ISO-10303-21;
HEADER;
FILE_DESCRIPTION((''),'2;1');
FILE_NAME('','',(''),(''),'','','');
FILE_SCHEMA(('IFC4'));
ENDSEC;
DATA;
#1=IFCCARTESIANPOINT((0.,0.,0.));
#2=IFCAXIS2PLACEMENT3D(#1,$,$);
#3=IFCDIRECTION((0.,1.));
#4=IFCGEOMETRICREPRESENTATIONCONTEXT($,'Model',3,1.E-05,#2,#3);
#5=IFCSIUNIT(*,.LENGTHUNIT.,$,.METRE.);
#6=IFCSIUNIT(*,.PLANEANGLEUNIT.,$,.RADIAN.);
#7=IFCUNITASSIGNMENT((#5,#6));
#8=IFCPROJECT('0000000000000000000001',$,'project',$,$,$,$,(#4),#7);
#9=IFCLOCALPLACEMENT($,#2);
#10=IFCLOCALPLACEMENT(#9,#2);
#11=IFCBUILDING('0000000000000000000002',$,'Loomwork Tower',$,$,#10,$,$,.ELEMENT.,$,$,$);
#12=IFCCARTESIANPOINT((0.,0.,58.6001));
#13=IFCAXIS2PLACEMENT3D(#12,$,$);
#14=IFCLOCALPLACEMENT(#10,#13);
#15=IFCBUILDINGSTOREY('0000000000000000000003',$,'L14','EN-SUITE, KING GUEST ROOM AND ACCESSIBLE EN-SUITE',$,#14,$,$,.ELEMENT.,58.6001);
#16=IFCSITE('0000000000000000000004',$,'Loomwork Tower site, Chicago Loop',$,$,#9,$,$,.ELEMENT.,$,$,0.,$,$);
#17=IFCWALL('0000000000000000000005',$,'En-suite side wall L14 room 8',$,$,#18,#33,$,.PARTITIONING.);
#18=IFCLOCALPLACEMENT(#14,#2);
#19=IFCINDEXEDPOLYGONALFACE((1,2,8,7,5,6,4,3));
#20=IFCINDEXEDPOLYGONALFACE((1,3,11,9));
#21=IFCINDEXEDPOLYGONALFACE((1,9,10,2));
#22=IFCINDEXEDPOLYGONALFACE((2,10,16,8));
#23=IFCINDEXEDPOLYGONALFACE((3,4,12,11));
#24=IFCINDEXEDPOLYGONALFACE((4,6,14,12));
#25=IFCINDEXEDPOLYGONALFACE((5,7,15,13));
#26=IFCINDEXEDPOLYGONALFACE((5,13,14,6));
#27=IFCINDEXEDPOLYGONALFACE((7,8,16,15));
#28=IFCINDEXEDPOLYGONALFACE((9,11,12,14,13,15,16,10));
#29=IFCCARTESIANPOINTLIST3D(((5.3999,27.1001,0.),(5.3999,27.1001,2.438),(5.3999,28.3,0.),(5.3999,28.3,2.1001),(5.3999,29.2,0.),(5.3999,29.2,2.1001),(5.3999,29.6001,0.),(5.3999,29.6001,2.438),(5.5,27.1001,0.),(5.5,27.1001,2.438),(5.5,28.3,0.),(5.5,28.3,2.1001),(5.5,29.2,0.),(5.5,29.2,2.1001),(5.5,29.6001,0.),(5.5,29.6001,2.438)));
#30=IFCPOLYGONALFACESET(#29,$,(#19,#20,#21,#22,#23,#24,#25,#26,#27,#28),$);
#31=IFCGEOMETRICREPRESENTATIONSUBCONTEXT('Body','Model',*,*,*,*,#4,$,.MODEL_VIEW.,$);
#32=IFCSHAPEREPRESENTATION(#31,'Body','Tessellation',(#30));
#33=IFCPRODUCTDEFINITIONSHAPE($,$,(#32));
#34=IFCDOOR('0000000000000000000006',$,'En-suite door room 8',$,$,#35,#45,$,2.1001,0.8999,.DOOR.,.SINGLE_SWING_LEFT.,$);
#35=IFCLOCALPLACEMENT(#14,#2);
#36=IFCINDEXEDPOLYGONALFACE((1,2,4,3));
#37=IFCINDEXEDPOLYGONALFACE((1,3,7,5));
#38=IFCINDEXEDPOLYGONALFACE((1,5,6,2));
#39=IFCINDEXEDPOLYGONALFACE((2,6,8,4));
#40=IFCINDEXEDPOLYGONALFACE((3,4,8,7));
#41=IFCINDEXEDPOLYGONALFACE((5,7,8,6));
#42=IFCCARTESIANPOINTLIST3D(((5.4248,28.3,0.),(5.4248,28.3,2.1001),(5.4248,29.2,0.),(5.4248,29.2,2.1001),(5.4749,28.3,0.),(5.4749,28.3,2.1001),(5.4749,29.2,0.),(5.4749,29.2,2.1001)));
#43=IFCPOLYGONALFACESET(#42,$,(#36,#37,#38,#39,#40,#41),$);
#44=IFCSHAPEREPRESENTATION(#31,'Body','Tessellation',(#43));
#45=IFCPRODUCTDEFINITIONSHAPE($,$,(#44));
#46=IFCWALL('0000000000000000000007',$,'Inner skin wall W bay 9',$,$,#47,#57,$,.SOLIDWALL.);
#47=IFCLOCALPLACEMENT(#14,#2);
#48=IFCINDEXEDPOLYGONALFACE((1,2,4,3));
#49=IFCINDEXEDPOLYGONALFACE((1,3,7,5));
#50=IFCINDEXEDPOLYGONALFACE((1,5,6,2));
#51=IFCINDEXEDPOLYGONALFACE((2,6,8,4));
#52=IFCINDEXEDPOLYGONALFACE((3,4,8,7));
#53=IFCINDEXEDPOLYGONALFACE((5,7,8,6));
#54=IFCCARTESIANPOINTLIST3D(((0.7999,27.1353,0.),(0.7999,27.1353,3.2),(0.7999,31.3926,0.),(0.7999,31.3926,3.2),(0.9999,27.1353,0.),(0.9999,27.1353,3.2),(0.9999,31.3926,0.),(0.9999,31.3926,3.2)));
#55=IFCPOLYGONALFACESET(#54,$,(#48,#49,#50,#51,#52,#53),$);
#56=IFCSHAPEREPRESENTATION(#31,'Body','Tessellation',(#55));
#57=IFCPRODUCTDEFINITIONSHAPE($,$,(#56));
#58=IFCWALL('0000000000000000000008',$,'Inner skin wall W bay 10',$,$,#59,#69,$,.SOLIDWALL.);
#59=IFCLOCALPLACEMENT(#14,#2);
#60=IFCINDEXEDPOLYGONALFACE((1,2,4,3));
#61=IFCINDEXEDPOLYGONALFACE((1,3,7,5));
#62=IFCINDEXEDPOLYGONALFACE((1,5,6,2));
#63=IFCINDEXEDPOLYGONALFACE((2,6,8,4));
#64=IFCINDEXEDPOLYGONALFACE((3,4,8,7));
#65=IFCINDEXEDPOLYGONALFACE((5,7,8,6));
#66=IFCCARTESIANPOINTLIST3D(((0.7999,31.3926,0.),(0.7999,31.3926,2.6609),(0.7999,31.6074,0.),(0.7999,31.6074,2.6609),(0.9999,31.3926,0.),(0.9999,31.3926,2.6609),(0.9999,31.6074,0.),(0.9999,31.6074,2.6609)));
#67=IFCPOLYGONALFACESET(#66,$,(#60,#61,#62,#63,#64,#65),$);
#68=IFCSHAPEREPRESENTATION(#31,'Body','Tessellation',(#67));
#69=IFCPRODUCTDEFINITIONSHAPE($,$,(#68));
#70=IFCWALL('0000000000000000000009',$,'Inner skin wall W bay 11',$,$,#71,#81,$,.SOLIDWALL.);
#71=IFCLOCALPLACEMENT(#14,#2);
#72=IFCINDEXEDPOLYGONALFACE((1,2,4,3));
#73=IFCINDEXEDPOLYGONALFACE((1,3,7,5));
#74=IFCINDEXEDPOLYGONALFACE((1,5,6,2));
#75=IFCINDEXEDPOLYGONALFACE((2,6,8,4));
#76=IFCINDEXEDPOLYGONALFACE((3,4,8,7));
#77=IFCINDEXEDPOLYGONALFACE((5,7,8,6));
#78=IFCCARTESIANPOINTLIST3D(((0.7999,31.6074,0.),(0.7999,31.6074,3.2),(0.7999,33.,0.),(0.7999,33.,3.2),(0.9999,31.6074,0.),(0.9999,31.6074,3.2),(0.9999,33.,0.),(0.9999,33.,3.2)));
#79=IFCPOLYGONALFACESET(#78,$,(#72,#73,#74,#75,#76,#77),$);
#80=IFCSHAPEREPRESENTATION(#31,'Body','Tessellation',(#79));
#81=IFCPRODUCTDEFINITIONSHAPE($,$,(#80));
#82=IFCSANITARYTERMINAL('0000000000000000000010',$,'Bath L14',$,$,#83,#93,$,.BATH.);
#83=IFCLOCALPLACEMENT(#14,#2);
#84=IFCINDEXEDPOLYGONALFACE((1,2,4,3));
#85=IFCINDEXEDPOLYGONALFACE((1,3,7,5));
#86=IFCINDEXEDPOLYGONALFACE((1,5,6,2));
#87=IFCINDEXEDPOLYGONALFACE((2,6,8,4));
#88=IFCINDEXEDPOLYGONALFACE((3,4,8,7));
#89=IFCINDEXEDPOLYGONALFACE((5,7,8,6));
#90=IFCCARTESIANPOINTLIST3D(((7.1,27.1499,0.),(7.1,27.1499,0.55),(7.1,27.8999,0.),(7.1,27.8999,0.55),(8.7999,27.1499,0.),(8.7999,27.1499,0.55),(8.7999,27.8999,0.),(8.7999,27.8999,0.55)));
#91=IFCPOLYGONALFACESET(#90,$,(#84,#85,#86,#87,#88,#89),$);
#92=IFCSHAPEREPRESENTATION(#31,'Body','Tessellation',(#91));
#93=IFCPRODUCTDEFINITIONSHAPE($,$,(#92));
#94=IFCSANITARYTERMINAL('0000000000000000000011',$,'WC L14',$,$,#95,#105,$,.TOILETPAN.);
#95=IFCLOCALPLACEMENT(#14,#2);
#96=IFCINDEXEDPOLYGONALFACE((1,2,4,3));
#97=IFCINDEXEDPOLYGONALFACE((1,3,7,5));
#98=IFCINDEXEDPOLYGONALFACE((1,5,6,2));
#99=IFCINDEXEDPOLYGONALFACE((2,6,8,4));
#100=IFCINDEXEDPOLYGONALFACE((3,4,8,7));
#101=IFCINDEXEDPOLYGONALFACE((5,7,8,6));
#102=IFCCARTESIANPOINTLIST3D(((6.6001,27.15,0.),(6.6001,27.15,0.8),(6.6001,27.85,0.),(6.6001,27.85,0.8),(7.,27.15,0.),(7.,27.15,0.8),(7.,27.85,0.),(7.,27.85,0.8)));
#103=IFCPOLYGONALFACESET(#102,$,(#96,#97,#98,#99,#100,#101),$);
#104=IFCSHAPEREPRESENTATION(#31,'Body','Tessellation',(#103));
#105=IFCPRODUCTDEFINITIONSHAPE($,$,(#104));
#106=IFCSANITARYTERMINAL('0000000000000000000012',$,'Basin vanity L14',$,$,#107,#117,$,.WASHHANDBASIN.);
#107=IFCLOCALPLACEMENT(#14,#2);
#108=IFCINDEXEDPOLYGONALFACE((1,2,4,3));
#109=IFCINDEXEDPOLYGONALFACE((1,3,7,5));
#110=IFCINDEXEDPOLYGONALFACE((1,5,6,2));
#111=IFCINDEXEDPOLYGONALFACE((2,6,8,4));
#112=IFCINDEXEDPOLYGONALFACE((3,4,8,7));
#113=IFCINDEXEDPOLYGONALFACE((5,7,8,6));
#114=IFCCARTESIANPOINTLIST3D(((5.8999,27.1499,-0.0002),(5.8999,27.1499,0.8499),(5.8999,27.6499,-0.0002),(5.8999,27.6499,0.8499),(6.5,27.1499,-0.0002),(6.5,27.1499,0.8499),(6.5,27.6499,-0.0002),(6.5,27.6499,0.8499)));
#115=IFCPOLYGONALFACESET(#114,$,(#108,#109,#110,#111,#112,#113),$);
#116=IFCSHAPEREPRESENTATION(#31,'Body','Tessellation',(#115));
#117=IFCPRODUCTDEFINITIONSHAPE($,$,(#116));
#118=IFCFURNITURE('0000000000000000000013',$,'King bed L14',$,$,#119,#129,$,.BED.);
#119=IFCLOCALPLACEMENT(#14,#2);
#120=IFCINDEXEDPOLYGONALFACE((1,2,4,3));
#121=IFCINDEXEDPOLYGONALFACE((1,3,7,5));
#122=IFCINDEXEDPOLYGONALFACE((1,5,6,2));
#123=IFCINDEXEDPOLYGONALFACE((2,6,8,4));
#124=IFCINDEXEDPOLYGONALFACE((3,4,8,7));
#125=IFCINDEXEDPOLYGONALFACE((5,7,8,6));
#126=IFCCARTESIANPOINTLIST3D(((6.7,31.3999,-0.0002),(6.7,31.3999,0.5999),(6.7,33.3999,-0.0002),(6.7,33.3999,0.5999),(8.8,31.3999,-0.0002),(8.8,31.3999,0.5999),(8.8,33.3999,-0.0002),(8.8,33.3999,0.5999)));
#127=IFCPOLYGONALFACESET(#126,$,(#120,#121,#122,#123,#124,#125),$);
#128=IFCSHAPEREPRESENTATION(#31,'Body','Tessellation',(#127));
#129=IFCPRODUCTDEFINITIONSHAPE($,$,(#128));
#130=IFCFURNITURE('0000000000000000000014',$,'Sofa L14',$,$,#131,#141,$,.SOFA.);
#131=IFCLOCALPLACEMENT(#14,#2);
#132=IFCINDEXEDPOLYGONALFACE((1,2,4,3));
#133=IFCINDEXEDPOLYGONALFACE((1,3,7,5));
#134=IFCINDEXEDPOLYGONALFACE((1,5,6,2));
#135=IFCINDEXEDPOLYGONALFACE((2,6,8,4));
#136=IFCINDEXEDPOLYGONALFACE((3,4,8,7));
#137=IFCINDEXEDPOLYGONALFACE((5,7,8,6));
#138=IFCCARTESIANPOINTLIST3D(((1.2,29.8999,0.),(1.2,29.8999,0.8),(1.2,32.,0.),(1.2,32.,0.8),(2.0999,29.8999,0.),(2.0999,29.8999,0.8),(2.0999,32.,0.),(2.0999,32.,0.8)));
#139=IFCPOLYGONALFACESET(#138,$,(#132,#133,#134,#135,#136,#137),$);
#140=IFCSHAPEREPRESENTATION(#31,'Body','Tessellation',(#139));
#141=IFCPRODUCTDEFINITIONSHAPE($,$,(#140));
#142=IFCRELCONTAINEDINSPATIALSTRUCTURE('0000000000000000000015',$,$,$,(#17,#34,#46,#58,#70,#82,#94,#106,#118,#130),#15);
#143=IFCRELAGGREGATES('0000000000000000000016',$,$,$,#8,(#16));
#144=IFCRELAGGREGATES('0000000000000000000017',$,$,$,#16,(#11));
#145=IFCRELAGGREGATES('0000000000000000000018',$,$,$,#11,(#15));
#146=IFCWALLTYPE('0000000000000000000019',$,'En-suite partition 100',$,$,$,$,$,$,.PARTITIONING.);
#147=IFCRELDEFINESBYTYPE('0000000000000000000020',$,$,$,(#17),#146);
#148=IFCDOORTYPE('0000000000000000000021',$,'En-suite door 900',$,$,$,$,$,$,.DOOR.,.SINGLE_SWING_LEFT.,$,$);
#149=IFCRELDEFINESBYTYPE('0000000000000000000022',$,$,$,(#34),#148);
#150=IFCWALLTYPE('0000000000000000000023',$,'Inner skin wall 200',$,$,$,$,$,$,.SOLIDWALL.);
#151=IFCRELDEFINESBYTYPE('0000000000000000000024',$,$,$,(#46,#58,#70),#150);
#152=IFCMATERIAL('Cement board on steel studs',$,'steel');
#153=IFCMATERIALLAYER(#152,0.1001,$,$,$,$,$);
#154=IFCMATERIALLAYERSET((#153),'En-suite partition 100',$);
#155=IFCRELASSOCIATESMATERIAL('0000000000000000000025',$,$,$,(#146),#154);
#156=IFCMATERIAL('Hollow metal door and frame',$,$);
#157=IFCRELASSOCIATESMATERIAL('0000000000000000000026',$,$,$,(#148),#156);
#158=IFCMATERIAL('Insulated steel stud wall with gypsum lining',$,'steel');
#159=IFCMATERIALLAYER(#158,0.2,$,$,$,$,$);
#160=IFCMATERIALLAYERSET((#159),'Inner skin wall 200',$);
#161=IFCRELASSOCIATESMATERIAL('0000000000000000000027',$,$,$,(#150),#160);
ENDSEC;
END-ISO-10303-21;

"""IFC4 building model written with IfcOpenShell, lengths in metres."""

from ifc_helpers import new_model, si_unit, direction, frame, frame_2d, origin, origin_2d, place, context, subcontext, project, spatial, rectangle, extrude, material, layer, layer_set, type_object, element, fill, save


model = new_model("IFC4")

# Units and contexts
model_context = context("Model", 3, precision=1e-05, world=origin(), true_north=direction((0.0, 1.0)))
body_context = subcontext(model_context, "Body", "Model", "MODEL_VIEW")
ifc_project = project(units=[si_unit("LENGTHUNIT", "METRE"), si_unit("PLANEANGLEUNIT", "RADIAN")], contexts=[model_context])

# Site, building, storey
site_placement = place(None, origin())
site = spatial("IfcSite", under=ifc_project, at=site_placement, Name="Loomwork Tower site, Chicago Loop", CompositionType="ELEMENT", RefElevation=0.0)
building_placement = place(site_placement, origin())
building = spatial("IfcBuilding", under=site, at=building_placement, Name="Loomwork Tower", CompositionType="ELEMENT")
storey_placement = place(building_placement, frame((0.0, 0.0, 58.6001)))
storey = spatial("IfcBuildingStorey", under=building, at=storey_placement, Name="L14", Description="EN-SUITE, KING GUEST ROOM AND ACCESSIBLE EN-SUITE", CompositionType="ELEMENT", Elevation=58.6001)

# Shared definitions
ifc_material_1 = material(Name="Cement board on steel studs", Category="steel")
ifc_layer_1 = layer(ifc_material_1, 0.1001)
ifc_layer_set_1 = layer_set([ifc_layer_1], Name="En-suite partition 100")
wall_type_1 = type_object("IfcWallType", Name="En-suite partition 100", PredefinedType="PARTITIONING", material=ifc_layer_set_1)

# Wall, opening, door
wall_1_placement = place(storey_placement, frame((5.45, 27.1001, 0.0), z_axis=(0.0, 0.0, 1.0), x_axis=(0.0, 1.0, 0.0)))
wall_1 = element("IfcWall", 1, at=wall_1_placement, inside=storey, type_object=wall_type_1, Name="En-suite side wall L14 room 8", PredefinedType="PARTITIONING", context=body_context, shape_type="SweptSolid", body=[
    extrude(rectangle(XDim=2.5, YDim=0.1001, at=frame_2d((1.25, 0.0))), origin(), (0.0, 0.0, 1.0), 2.438),
])
opening_1_placement = place(wall_1_placement, frame((1.2, 0.0, 0.0)))
opening_1 = element("IfcOpeningElement", 2, at=opening_1_placement, cuts=wall_1, PredefinedType="OPENING", context=body_context, shape_type="SweptSolid", body=[
    extrude(rectangle(XDim=0.8999, YDim=2.1001, at=frame_2d((0.45, 1.05))), frame((0.0, 0.0601, 0.0), z_axis=(0.0, -1.0, 0.0), x_axis=(1.0, 0.0, 0.0)), (0.0, 0.0, 1.0), 0.1201),
])
ifc_material_2 = material(Name="Hollow metal door and frame")
door_type_1 = type_object("IfcDoorType", Name="En-suite door 900", OperationType="SINGLE_SWING_LEFT", PredefinedType="DOOR", material=ifc_material_2)
door_1_placement = place(opening_1_placement, frame((0.8999, 0.0, 0.0), z_axis=(0.0, 0.0, 1.0), x_axis=(-1.0, 0.0, 0.0)))
door_1 = element("IfcDoor", 3, at=door_1_placement, inside=storey, type_object=door_type_1, Name="En-suite door room 8", OperationType="SINGLE_SWING_LEFT", OverallHeight=2.1001, OverallWidth=0.8999, PredefinedType="DOOR", context=body_context, shape_type="SweptSolid", body=[
    extrude(rectangle(XDim=0.8999, YDim=2.1001, at=frame_2d((0.45, 1.05))), frame((0.0, 0.0249, 0.0), z_axis=(0.0, -1.0, 0.0), x_axis=(1.0, 0.0, 0.0)), (0.0, 0.0, 1.0), 0.05),
])
fill(opening_1, door_1)

# Walls
ifc_material_3 = material(Name="Insulated steel stud wall with gypsum lining", Category="steel")
ifc_layer_2 = layer(ifc_material_3, 0.2)
ifc_layer_set_2 = layer_set([ifc_layer_2], Name="Inner skin wall 200")
wall_type_2 = type_object("IfcWallType", Name="Inner skin wall 200", PredefinedType="SOLIDWALL", material=ifc_layer_set_2)
wall_2_placement = place(storey_placement, frame((0.8999, 27.1353, 0.0), z_axis=(0.0, 0.0, 1.0), x_axis=(0.0, 1.0, 0.0)))
element("IfcWall", 4, at=wall_2_placement, inside=storey, type_object=wall_type_2, Name="Inner skin wall W bay 9", PredefinedType="SOLIDWALL", context=body_context, shape_type="SweptSolid", body=[
    extrude(rectangle(XDim=4.2573, YDim=0.2, at=frame_2d((2.1287, 0.0))), origin(), (0.0, 0.0, 1.0), 3.2),
])
wall_3_placement = place(storey_placement, frame((0.8999, 31.3926, 0.0), z_axis=(0.0, 0.0, 1.0), x_axis=(0.0, 1.0, 0.0)))
element("IfcWall", 5, at=wall_3_placement, inside=storey, type_object=wall_type_2, Name="Inner skin wall W bay 10", PredefinedType="SOLIDWALL", context=body_context, shape_type="SweptSolid", body=[
    extrude(rectangle(XDim=0.2148, YDim=0.2, at=frame_2d((0.1074, 0.0))), origin(), (0.0, 0.0, 1.0), 2.6609),
])
wall_4_placement = place(storey_placement, frame((0.8999, 31.6074, 0.0), z_axis=(0.0, 0.0, 1.0), x_axis=(0.0, 1.0, 0.0)))
element("IfcWall", 6, at=wall_4_placement, inside=storey, type_object=wall_type_2, Name="Inner skin wall W bay 11", PredefinedType="SOLIDWALL", context=body_context, shape_type="SweptSolid", body=[
    extrude(rectangle(XDim=1.3926, YDim=0.2, at=frame_2d((0.6963, 0.0))), origin(), (0.0, 0.0, 1.0), 3.2),
])

# Sanitary terminals
sanitary_terminal_1_placement = place(storey_placement, frame((7.95, 27.5249, 0.0), z_axis=(0.0, 0.0, 1.0), x_axis=(1.0, 0.0, 0.0)))
element("IfcSanitaryTerminal", 7, at=sanitary_terminal_1_placement, inside=storey, Name="Bath L14", PredefinedType="BATH", context=body_context, shape_type="SweptSolid", body=[
    extrude(rectangle(XDim=1.7, YDim=0.75, at=origin_2d()), origin(), (0.0, 0.0, 1.0), 0.55),
])
sanitary_terminal_2_placement = place(storey_placement, frame((6.8, 27.5, 0.0), z_axis=(0.0, 0.0, 1.0), x_axis=(1.0, 0.0, 0.0)))
element("IfcSanitaryTerminal", 8, at=sanitary_terminal_2_placement, inside=storey, Name="WC L14", PredefinedType="TOILETPAN", context=body_context, shape_type="SweptSolid", body=[
    extrude(rectangle(XDim=0.3999, YDim=0.7, at=origin_2d()), origin(), (0.0, 0.0, 1.0), 0.8),
])
sanitary_terminal_3_placement = place(storey_placement, frame((6.2, 27.3999, -0.0002), z_axis=(0.0, 0.0, 1.0), x_axis=(1.0, 0.0, 0.0)))
element("IfcSanitaryTerminal", 9, at=sanitary_terminal_3_placement, inside=storey, Name="Basin vanity L14", PredefinedType="WASHHANDBASIN", context=body_context, shape_type="SweptSolid", body=[
    extrude(rectangle(XDim=0.6001, YDim=0.5, at=origin_2d()), origin(), (0.0, 0.0, 1.0), 0.8501),
])

# Furniture
furniture_1_placement = place(storey_placement, frame((7.75, 32.3999, -0.0002), z_axis=(0.0, 0.0, 1.0), x_axis=(1.0, 0.0, 0.0)))
element("IfcFurniture", 10, at=furniture_1_placement, inside=storey, Name="King bed L14", PredefinedType="BED", context=body_context, shape_type="SweptSolid", body=[
    extrude(rectangle(XDim=2.1001, YDim=2.0, at=origin_2d()), origin(), (0.0, 0.0, 1.0), 0.6001),
])
furniture_2_placement = place(storey_placement, frame((1.6499, 30.95, 0.0), z_axis=(0.0, 0.0, 1.0), x_axis=(1.0, 0.0, 0.0)))
element("IfcFurniture", 11, at=furniture_2_placement, inside=storey, Name="Sofa L14", PredefinedType="SOFA", context=body_context, shape_type="SweptSolid", body=[
    extrude(rectangle(XDim=0.8999, YDim=2.1001, at=origin_2d()), origin(), (0.0, 0.0, 1.0), 0.8),
])

save(model, "model.ifc")
